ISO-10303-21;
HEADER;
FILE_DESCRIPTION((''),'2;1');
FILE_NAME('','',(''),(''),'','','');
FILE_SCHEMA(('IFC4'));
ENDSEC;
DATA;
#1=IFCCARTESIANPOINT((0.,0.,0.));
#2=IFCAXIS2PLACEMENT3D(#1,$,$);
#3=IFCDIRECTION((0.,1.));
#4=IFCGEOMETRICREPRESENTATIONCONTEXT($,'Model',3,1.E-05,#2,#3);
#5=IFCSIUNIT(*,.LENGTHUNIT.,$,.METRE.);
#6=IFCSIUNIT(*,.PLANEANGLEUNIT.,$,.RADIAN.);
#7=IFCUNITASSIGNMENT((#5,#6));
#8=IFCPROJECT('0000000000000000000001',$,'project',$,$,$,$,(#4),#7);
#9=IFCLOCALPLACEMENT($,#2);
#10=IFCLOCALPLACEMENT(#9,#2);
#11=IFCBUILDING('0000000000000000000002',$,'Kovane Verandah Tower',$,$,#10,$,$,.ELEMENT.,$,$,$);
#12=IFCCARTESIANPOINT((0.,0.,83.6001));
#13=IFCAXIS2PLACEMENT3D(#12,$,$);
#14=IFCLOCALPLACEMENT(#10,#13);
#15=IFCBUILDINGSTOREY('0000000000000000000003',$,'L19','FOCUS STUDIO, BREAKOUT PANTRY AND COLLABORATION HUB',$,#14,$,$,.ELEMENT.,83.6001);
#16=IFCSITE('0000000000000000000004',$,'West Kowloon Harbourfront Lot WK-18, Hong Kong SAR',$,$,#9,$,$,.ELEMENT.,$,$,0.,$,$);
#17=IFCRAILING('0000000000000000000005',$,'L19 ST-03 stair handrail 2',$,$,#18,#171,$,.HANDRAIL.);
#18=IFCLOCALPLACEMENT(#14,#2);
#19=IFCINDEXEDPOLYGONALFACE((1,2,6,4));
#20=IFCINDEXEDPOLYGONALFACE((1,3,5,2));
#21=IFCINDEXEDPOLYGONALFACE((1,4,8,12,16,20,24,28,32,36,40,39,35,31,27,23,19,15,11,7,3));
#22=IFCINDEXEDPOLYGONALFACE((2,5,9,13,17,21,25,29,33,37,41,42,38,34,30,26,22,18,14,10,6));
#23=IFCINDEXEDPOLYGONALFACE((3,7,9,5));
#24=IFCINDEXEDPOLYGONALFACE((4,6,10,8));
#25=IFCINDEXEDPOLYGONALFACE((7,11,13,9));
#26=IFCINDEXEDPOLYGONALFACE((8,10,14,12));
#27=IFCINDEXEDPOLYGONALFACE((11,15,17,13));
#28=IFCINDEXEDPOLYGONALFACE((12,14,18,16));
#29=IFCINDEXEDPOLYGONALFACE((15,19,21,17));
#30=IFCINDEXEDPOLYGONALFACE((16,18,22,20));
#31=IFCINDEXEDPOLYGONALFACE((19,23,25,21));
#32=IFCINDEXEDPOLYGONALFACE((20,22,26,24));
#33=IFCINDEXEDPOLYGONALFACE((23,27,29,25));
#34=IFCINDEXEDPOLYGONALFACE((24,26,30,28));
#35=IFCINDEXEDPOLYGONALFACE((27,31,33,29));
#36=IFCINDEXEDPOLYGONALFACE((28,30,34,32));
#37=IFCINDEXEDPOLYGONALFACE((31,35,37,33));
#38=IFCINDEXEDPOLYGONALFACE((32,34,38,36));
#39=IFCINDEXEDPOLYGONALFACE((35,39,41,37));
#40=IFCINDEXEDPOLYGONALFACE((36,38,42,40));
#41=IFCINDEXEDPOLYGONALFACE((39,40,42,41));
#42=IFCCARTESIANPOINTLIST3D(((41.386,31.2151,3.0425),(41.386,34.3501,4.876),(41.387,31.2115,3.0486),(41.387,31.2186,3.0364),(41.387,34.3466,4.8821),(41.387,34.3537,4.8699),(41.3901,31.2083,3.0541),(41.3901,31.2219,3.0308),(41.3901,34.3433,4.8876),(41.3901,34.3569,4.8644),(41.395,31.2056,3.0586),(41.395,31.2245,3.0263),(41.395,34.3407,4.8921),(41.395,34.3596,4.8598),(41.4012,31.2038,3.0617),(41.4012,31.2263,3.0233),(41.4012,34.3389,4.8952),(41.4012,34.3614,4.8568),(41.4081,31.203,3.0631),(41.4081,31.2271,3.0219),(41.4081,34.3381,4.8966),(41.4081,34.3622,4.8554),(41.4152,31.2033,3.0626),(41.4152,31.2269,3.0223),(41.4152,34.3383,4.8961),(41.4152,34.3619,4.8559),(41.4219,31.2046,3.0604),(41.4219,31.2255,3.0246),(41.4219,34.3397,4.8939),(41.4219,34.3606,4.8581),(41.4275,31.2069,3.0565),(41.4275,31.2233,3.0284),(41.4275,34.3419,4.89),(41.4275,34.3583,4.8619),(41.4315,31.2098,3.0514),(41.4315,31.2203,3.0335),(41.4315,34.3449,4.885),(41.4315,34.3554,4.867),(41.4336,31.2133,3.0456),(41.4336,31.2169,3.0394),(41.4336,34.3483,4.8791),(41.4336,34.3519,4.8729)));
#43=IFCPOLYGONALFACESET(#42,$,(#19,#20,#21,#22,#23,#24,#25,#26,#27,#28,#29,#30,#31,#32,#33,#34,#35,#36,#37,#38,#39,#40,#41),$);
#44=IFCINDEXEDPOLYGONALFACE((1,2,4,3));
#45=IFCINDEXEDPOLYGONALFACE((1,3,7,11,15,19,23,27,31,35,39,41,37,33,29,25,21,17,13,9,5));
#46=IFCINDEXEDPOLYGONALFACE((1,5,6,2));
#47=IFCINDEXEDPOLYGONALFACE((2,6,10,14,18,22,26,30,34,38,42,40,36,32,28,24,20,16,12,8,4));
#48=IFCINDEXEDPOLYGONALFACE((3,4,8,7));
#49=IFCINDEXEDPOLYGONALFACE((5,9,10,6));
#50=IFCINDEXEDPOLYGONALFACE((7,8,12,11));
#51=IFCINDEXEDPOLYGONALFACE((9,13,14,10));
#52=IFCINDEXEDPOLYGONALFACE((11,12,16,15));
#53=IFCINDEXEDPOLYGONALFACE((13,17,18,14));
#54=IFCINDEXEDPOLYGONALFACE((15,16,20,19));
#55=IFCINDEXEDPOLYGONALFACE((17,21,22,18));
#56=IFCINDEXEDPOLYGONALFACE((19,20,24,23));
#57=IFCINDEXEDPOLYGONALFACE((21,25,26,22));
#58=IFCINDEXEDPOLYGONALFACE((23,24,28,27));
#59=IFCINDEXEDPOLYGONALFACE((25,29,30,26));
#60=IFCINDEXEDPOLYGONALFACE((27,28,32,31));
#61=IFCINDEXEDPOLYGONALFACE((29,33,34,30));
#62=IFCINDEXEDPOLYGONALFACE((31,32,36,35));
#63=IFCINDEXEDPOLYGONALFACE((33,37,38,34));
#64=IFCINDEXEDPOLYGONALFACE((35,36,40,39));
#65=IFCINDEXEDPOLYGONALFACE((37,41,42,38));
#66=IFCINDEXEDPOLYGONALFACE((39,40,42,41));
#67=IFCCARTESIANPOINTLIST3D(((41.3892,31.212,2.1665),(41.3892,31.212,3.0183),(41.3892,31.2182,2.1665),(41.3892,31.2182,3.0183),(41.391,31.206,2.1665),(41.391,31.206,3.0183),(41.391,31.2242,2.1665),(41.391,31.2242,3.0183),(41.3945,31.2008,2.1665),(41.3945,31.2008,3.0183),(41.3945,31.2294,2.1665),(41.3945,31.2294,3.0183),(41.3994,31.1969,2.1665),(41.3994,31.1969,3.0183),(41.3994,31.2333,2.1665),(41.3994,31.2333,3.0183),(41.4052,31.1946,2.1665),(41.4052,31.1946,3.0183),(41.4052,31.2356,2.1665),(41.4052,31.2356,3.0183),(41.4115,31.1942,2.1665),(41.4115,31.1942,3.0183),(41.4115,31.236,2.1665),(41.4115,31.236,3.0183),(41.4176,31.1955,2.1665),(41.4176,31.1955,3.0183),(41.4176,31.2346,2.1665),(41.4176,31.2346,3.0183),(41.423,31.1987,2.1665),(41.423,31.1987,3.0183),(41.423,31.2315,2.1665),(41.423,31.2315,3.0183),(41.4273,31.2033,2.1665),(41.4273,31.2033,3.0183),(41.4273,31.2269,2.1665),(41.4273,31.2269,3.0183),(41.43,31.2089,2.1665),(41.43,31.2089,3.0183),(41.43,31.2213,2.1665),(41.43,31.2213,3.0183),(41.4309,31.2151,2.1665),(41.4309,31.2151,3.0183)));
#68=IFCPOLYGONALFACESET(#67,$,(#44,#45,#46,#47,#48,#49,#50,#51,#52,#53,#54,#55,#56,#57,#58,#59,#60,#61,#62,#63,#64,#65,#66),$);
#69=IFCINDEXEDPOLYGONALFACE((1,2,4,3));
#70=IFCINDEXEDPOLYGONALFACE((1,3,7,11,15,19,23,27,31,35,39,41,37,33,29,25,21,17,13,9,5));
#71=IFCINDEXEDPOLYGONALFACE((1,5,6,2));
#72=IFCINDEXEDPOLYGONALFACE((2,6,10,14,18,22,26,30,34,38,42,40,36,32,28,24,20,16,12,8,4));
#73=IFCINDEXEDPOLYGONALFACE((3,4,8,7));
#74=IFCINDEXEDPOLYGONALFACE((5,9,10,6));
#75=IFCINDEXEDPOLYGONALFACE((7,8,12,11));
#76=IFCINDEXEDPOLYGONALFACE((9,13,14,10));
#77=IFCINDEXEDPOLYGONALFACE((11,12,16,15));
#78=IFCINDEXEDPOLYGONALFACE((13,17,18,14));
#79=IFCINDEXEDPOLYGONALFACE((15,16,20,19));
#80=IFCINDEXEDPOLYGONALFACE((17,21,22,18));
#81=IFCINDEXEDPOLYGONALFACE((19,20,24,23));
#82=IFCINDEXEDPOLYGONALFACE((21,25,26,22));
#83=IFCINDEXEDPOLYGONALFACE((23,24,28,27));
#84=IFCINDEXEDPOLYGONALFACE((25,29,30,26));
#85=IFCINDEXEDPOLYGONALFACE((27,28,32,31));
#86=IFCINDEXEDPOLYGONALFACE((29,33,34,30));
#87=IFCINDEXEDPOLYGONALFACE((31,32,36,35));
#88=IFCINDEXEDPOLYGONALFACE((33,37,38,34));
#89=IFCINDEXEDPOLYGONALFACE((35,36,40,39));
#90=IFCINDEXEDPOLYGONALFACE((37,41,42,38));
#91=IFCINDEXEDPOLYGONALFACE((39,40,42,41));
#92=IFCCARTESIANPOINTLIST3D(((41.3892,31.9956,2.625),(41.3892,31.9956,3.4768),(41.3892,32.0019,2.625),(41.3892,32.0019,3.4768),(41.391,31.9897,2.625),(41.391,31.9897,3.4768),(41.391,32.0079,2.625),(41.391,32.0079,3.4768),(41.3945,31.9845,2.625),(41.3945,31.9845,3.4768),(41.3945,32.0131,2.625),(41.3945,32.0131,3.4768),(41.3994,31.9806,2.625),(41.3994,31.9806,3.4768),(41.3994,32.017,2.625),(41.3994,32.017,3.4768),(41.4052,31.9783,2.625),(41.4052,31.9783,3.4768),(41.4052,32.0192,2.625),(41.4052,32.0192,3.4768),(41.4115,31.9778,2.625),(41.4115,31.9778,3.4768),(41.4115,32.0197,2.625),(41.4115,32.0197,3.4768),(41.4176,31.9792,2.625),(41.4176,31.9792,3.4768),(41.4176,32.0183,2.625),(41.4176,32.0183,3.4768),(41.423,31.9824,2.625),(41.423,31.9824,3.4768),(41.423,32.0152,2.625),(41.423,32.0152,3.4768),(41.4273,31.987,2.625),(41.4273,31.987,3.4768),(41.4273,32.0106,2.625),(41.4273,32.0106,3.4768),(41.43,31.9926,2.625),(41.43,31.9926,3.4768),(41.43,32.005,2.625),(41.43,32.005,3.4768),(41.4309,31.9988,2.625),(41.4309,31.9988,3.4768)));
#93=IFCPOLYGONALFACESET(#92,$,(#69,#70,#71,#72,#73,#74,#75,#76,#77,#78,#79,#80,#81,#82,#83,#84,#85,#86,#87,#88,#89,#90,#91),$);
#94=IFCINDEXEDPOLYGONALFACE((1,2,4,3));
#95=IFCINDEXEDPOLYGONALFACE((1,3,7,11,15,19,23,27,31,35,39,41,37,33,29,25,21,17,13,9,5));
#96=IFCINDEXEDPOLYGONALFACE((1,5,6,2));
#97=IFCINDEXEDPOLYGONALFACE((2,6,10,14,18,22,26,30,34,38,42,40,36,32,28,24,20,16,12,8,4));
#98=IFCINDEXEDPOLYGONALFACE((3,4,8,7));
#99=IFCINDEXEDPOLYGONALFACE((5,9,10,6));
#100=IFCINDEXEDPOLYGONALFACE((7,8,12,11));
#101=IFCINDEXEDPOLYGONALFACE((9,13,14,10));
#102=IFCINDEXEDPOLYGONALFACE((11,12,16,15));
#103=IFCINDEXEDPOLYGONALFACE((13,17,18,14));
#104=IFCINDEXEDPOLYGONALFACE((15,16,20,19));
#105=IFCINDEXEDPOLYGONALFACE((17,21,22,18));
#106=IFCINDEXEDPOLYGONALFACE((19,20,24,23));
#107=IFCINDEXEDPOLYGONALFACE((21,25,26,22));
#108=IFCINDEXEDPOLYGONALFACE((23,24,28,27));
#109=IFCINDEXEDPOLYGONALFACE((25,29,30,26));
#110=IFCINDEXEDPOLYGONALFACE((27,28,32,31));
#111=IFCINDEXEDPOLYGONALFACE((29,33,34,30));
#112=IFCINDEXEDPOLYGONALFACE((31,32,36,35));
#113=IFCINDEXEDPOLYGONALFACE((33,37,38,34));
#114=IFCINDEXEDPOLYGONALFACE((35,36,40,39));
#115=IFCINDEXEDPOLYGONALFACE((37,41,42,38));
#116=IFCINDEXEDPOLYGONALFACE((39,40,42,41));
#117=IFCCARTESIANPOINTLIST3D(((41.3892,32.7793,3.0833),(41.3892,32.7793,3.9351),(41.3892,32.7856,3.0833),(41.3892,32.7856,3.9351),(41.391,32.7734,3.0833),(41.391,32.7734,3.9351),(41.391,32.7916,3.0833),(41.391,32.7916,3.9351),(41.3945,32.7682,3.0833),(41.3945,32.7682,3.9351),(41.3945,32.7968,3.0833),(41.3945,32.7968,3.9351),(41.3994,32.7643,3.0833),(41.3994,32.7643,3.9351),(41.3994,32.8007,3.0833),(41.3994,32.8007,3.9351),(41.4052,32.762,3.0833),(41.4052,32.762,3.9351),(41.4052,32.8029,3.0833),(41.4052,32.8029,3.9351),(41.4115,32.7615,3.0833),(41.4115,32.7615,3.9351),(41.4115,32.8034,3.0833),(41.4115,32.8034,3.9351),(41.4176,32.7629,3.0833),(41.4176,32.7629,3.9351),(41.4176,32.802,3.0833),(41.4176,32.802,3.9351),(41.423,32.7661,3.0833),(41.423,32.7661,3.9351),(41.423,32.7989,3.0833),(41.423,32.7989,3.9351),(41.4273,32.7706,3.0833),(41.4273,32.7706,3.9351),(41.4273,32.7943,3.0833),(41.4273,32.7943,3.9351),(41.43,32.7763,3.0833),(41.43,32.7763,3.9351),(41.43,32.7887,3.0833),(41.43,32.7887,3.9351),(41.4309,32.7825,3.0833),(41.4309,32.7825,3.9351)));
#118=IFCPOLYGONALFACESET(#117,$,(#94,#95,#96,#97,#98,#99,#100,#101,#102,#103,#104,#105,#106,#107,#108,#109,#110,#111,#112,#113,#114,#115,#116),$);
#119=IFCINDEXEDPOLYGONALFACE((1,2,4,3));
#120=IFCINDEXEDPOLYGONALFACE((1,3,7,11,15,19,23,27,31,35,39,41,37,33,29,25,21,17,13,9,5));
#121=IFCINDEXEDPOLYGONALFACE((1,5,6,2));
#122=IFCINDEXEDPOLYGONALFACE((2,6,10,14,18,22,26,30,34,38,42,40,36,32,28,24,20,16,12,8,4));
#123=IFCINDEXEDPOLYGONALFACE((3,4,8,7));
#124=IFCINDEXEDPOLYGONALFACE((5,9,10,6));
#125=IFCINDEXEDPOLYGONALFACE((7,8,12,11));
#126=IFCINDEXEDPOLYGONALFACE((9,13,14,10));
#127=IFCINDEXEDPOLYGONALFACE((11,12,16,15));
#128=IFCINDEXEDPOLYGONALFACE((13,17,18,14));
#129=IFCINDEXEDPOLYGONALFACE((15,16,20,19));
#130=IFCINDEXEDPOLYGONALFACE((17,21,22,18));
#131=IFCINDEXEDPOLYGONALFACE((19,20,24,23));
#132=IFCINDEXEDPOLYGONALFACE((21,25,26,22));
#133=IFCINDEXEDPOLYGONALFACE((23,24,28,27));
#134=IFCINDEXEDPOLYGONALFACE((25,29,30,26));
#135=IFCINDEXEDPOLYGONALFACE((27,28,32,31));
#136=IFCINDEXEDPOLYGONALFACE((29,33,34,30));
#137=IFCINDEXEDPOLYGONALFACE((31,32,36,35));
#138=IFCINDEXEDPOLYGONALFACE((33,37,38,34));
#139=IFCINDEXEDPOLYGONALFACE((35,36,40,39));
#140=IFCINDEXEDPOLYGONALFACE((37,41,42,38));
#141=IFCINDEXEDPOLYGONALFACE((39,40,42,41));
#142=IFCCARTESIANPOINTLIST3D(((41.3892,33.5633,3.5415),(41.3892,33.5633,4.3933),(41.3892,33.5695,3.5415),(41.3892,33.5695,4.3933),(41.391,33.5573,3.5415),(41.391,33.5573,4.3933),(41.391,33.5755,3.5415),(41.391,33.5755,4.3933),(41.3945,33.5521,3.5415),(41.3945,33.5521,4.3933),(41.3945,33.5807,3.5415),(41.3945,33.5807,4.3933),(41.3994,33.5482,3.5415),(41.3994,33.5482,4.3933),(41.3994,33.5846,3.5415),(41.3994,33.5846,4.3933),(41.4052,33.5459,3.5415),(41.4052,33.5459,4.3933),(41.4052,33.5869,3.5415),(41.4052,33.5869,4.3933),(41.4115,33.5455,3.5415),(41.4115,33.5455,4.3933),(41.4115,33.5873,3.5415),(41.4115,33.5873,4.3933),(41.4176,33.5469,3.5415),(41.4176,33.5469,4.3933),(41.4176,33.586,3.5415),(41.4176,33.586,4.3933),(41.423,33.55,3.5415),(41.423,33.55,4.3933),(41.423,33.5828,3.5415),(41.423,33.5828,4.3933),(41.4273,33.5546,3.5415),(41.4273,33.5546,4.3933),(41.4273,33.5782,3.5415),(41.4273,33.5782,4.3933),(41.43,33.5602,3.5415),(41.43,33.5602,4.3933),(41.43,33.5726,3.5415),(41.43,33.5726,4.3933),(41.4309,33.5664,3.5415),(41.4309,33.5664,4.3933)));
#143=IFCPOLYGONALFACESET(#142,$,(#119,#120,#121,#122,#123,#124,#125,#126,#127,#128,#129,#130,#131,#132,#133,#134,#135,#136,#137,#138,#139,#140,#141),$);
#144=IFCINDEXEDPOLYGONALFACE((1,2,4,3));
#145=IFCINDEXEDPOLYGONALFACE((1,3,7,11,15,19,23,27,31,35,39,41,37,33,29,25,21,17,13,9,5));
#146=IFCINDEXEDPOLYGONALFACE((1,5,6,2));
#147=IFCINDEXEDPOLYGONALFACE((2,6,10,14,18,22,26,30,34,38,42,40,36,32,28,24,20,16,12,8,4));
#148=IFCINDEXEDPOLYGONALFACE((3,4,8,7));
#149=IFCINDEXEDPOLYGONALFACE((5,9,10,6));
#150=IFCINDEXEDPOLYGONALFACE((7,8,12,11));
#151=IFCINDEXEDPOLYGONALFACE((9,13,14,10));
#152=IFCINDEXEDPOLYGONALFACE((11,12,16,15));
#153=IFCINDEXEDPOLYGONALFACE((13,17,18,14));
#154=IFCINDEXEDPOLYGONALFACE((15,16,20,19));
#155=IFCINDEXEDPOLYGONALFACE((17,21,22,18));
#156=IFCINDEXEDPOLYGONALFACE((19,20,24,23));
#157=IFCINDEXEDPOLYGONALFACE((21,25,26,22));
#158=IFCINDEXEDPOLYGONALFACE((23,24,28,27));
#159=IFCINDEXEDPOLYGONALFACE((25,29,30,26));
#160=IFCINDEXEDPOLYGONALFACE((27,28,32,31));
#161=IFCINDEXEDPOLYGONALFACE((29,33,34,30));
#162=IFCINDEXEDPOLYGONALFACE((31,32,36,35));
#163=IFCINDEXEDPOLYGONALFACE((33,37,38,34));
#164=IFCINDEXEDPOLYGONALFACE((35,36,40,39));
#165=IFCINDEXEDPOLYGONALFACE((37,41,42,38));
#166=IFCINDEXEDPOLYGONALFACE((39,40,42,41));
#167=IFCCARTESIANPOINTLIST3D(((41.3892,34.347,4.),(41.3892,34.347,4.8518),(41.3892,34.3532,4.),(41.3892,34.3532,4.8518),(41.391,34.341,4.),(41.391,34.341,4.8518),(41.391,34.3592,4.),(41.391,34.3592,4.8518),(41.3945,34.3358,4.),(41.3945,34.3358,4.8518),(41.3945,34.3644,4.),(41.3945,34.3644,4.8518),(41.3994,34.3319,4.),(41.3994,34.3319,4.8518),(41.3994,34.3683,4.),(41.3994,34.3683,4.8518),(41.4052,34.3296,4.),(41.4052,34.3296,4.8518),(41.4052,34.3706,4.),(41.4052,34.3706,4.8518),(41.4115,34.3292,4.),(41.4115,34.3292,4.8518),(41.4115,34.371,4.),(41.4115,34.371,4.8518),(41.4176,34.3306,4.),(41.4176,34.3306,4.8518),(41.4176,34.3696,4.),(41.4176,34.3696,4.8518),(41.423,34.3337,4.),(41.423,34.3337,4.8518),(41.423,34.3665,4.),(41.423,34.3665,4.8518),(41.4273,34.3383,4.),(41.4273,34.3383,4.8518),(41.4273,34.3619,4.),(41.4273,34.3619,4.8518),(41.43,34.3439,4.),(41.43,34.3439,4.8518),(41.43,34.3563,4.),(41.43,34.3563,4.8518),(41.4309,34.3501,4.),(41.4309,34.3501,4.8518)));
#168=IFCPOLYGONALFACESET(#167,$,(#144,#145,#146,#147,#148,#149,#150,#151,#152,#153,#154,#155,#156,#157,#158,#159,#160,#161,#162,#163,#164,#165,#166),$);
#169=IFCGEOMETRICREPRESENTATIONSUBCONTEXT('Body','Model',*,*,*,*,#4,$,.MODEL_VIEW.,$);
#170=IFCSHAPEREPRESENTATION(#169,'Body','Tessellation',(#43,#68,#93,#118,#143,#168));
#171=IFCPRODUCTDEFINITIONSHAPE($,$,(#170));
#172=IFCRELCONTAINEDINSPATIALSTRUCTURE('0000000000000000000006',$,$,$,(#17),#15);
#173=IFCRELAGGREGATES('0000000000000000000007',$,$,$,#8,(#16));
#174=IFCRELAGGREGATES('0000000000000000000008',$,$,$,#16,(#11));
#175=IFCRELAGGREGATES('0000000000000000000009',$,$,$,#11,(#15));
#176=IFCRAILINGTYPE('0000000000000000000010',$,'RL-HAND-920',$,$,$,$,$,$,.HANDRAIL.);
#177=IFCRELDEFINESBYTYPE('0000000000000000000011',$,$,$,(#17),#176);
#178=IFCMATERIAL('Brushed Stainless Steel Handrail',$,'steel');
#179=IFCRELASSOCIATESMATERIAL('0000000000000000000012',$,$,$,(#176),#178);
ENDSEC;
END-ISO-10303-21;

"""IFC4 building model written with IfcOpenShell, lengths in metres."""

from ifc_helpers import new_model, si_unit, direction, frame, origin, origin_2d, place, context, subcontext, project, spatial, circle, extrude, material, type_object, element, save


model = new_model("IFC4")

# Units and contexts
model_context = context("Model", 3, precision=1e-05, world=origin(), true_north=direction((0.0, 1.0)))
body_context = subcontext(model_context, "Body", "Model", "MODEL_VIEW")
ifc_project = project(units=[si_unit("LENGTHUNIT", "METRE"), si_unit("PLANEANGLEUNIT", "RADIAN")], contexts=[model_context])

# Site, building, storey
site_placement = place(None, origin())
site = spatial("IfcSite", under=ifc_project, at=site_placement, Name="West Kowloon Harbourfront Lot WK-18, Hong Kong SAR", CompositionType="ELEMENT", RefElevation=0.0)
building_placement = place(site_placement, origin())
building = spatial("IfcBuilding", under=site, at=building_placement, Name="Kovane Verandah Tower", CompositionType="ELEMENT")
storey_placement = place(building_placement, frame((0.0, 0.0, 83.6001)))
storey = spatial("IfcBuildingStorey", under=building, at=storey_placement, Name="L19", Description="FOCUS STUDIO, BREAKOUT PANTRY AND COLLABORATION HUB", CompositionType="ELEMENT", Elevation=83.6001)

# Railing
ifc_material_1 = material(Name="Brushed Stainless Steel Handrail", Category="steel")
railing_type_1 = type_object("IfcRailingType", Name="RL-HAND-920", PredefinedType="HANDRAIL", material=ifc_material_1)
railing_1_placement = place(storey_placement, frame((41.4099, 31.2151, 2.1665)))
element("IfcRailing", 1, at=railing_1_placement, inside=storey, type_object=railing_type_1, Name="L19 ST-03 stair handrail 2", PredefinedType="HANDRAIL", context=body_context, shape_type="SweptSolid", body=[
    extrude(circle(Radius=0.0239, at=origin_2d()), frame((0.0, 0.0, 0.876), z_axis=(0.0, 0.86321, 0.504845), x_axis=(-1.0, 0.0, 0.0)), (0.0, 0.0, 1.0), 3.6318),
    extrude(circle(Radius=0.021, at=origin_2d()), origin(), (0.0, 0.0, 1.0), 0.8518),
    extrude(circle(Radius=0.021, at=origin_2d()), frame((0.0, 0.7837, 0.4585)), (0.0, 0.0, 1.0), 0.8518),
    extrude(circle(Radius=0.021, at=origin_2d()), frame((0.0, 1.5674, 0.9167)), (0.0, 0.0, 1.0), 0.8518),
    extrude(circle(Radius=0.021, at=origin_2d()), frame((0.0, 2.3513, 1.375)), (0.0, 0.0, 1.0), 0.8518),
    extrude(circle(Radius=0.021, at=origin_2d()), frame((0.0, 3.135, 1.8335)), (0.0, 0.0, 1.0), 0.8518),
])

save(model, "model.ifc")
